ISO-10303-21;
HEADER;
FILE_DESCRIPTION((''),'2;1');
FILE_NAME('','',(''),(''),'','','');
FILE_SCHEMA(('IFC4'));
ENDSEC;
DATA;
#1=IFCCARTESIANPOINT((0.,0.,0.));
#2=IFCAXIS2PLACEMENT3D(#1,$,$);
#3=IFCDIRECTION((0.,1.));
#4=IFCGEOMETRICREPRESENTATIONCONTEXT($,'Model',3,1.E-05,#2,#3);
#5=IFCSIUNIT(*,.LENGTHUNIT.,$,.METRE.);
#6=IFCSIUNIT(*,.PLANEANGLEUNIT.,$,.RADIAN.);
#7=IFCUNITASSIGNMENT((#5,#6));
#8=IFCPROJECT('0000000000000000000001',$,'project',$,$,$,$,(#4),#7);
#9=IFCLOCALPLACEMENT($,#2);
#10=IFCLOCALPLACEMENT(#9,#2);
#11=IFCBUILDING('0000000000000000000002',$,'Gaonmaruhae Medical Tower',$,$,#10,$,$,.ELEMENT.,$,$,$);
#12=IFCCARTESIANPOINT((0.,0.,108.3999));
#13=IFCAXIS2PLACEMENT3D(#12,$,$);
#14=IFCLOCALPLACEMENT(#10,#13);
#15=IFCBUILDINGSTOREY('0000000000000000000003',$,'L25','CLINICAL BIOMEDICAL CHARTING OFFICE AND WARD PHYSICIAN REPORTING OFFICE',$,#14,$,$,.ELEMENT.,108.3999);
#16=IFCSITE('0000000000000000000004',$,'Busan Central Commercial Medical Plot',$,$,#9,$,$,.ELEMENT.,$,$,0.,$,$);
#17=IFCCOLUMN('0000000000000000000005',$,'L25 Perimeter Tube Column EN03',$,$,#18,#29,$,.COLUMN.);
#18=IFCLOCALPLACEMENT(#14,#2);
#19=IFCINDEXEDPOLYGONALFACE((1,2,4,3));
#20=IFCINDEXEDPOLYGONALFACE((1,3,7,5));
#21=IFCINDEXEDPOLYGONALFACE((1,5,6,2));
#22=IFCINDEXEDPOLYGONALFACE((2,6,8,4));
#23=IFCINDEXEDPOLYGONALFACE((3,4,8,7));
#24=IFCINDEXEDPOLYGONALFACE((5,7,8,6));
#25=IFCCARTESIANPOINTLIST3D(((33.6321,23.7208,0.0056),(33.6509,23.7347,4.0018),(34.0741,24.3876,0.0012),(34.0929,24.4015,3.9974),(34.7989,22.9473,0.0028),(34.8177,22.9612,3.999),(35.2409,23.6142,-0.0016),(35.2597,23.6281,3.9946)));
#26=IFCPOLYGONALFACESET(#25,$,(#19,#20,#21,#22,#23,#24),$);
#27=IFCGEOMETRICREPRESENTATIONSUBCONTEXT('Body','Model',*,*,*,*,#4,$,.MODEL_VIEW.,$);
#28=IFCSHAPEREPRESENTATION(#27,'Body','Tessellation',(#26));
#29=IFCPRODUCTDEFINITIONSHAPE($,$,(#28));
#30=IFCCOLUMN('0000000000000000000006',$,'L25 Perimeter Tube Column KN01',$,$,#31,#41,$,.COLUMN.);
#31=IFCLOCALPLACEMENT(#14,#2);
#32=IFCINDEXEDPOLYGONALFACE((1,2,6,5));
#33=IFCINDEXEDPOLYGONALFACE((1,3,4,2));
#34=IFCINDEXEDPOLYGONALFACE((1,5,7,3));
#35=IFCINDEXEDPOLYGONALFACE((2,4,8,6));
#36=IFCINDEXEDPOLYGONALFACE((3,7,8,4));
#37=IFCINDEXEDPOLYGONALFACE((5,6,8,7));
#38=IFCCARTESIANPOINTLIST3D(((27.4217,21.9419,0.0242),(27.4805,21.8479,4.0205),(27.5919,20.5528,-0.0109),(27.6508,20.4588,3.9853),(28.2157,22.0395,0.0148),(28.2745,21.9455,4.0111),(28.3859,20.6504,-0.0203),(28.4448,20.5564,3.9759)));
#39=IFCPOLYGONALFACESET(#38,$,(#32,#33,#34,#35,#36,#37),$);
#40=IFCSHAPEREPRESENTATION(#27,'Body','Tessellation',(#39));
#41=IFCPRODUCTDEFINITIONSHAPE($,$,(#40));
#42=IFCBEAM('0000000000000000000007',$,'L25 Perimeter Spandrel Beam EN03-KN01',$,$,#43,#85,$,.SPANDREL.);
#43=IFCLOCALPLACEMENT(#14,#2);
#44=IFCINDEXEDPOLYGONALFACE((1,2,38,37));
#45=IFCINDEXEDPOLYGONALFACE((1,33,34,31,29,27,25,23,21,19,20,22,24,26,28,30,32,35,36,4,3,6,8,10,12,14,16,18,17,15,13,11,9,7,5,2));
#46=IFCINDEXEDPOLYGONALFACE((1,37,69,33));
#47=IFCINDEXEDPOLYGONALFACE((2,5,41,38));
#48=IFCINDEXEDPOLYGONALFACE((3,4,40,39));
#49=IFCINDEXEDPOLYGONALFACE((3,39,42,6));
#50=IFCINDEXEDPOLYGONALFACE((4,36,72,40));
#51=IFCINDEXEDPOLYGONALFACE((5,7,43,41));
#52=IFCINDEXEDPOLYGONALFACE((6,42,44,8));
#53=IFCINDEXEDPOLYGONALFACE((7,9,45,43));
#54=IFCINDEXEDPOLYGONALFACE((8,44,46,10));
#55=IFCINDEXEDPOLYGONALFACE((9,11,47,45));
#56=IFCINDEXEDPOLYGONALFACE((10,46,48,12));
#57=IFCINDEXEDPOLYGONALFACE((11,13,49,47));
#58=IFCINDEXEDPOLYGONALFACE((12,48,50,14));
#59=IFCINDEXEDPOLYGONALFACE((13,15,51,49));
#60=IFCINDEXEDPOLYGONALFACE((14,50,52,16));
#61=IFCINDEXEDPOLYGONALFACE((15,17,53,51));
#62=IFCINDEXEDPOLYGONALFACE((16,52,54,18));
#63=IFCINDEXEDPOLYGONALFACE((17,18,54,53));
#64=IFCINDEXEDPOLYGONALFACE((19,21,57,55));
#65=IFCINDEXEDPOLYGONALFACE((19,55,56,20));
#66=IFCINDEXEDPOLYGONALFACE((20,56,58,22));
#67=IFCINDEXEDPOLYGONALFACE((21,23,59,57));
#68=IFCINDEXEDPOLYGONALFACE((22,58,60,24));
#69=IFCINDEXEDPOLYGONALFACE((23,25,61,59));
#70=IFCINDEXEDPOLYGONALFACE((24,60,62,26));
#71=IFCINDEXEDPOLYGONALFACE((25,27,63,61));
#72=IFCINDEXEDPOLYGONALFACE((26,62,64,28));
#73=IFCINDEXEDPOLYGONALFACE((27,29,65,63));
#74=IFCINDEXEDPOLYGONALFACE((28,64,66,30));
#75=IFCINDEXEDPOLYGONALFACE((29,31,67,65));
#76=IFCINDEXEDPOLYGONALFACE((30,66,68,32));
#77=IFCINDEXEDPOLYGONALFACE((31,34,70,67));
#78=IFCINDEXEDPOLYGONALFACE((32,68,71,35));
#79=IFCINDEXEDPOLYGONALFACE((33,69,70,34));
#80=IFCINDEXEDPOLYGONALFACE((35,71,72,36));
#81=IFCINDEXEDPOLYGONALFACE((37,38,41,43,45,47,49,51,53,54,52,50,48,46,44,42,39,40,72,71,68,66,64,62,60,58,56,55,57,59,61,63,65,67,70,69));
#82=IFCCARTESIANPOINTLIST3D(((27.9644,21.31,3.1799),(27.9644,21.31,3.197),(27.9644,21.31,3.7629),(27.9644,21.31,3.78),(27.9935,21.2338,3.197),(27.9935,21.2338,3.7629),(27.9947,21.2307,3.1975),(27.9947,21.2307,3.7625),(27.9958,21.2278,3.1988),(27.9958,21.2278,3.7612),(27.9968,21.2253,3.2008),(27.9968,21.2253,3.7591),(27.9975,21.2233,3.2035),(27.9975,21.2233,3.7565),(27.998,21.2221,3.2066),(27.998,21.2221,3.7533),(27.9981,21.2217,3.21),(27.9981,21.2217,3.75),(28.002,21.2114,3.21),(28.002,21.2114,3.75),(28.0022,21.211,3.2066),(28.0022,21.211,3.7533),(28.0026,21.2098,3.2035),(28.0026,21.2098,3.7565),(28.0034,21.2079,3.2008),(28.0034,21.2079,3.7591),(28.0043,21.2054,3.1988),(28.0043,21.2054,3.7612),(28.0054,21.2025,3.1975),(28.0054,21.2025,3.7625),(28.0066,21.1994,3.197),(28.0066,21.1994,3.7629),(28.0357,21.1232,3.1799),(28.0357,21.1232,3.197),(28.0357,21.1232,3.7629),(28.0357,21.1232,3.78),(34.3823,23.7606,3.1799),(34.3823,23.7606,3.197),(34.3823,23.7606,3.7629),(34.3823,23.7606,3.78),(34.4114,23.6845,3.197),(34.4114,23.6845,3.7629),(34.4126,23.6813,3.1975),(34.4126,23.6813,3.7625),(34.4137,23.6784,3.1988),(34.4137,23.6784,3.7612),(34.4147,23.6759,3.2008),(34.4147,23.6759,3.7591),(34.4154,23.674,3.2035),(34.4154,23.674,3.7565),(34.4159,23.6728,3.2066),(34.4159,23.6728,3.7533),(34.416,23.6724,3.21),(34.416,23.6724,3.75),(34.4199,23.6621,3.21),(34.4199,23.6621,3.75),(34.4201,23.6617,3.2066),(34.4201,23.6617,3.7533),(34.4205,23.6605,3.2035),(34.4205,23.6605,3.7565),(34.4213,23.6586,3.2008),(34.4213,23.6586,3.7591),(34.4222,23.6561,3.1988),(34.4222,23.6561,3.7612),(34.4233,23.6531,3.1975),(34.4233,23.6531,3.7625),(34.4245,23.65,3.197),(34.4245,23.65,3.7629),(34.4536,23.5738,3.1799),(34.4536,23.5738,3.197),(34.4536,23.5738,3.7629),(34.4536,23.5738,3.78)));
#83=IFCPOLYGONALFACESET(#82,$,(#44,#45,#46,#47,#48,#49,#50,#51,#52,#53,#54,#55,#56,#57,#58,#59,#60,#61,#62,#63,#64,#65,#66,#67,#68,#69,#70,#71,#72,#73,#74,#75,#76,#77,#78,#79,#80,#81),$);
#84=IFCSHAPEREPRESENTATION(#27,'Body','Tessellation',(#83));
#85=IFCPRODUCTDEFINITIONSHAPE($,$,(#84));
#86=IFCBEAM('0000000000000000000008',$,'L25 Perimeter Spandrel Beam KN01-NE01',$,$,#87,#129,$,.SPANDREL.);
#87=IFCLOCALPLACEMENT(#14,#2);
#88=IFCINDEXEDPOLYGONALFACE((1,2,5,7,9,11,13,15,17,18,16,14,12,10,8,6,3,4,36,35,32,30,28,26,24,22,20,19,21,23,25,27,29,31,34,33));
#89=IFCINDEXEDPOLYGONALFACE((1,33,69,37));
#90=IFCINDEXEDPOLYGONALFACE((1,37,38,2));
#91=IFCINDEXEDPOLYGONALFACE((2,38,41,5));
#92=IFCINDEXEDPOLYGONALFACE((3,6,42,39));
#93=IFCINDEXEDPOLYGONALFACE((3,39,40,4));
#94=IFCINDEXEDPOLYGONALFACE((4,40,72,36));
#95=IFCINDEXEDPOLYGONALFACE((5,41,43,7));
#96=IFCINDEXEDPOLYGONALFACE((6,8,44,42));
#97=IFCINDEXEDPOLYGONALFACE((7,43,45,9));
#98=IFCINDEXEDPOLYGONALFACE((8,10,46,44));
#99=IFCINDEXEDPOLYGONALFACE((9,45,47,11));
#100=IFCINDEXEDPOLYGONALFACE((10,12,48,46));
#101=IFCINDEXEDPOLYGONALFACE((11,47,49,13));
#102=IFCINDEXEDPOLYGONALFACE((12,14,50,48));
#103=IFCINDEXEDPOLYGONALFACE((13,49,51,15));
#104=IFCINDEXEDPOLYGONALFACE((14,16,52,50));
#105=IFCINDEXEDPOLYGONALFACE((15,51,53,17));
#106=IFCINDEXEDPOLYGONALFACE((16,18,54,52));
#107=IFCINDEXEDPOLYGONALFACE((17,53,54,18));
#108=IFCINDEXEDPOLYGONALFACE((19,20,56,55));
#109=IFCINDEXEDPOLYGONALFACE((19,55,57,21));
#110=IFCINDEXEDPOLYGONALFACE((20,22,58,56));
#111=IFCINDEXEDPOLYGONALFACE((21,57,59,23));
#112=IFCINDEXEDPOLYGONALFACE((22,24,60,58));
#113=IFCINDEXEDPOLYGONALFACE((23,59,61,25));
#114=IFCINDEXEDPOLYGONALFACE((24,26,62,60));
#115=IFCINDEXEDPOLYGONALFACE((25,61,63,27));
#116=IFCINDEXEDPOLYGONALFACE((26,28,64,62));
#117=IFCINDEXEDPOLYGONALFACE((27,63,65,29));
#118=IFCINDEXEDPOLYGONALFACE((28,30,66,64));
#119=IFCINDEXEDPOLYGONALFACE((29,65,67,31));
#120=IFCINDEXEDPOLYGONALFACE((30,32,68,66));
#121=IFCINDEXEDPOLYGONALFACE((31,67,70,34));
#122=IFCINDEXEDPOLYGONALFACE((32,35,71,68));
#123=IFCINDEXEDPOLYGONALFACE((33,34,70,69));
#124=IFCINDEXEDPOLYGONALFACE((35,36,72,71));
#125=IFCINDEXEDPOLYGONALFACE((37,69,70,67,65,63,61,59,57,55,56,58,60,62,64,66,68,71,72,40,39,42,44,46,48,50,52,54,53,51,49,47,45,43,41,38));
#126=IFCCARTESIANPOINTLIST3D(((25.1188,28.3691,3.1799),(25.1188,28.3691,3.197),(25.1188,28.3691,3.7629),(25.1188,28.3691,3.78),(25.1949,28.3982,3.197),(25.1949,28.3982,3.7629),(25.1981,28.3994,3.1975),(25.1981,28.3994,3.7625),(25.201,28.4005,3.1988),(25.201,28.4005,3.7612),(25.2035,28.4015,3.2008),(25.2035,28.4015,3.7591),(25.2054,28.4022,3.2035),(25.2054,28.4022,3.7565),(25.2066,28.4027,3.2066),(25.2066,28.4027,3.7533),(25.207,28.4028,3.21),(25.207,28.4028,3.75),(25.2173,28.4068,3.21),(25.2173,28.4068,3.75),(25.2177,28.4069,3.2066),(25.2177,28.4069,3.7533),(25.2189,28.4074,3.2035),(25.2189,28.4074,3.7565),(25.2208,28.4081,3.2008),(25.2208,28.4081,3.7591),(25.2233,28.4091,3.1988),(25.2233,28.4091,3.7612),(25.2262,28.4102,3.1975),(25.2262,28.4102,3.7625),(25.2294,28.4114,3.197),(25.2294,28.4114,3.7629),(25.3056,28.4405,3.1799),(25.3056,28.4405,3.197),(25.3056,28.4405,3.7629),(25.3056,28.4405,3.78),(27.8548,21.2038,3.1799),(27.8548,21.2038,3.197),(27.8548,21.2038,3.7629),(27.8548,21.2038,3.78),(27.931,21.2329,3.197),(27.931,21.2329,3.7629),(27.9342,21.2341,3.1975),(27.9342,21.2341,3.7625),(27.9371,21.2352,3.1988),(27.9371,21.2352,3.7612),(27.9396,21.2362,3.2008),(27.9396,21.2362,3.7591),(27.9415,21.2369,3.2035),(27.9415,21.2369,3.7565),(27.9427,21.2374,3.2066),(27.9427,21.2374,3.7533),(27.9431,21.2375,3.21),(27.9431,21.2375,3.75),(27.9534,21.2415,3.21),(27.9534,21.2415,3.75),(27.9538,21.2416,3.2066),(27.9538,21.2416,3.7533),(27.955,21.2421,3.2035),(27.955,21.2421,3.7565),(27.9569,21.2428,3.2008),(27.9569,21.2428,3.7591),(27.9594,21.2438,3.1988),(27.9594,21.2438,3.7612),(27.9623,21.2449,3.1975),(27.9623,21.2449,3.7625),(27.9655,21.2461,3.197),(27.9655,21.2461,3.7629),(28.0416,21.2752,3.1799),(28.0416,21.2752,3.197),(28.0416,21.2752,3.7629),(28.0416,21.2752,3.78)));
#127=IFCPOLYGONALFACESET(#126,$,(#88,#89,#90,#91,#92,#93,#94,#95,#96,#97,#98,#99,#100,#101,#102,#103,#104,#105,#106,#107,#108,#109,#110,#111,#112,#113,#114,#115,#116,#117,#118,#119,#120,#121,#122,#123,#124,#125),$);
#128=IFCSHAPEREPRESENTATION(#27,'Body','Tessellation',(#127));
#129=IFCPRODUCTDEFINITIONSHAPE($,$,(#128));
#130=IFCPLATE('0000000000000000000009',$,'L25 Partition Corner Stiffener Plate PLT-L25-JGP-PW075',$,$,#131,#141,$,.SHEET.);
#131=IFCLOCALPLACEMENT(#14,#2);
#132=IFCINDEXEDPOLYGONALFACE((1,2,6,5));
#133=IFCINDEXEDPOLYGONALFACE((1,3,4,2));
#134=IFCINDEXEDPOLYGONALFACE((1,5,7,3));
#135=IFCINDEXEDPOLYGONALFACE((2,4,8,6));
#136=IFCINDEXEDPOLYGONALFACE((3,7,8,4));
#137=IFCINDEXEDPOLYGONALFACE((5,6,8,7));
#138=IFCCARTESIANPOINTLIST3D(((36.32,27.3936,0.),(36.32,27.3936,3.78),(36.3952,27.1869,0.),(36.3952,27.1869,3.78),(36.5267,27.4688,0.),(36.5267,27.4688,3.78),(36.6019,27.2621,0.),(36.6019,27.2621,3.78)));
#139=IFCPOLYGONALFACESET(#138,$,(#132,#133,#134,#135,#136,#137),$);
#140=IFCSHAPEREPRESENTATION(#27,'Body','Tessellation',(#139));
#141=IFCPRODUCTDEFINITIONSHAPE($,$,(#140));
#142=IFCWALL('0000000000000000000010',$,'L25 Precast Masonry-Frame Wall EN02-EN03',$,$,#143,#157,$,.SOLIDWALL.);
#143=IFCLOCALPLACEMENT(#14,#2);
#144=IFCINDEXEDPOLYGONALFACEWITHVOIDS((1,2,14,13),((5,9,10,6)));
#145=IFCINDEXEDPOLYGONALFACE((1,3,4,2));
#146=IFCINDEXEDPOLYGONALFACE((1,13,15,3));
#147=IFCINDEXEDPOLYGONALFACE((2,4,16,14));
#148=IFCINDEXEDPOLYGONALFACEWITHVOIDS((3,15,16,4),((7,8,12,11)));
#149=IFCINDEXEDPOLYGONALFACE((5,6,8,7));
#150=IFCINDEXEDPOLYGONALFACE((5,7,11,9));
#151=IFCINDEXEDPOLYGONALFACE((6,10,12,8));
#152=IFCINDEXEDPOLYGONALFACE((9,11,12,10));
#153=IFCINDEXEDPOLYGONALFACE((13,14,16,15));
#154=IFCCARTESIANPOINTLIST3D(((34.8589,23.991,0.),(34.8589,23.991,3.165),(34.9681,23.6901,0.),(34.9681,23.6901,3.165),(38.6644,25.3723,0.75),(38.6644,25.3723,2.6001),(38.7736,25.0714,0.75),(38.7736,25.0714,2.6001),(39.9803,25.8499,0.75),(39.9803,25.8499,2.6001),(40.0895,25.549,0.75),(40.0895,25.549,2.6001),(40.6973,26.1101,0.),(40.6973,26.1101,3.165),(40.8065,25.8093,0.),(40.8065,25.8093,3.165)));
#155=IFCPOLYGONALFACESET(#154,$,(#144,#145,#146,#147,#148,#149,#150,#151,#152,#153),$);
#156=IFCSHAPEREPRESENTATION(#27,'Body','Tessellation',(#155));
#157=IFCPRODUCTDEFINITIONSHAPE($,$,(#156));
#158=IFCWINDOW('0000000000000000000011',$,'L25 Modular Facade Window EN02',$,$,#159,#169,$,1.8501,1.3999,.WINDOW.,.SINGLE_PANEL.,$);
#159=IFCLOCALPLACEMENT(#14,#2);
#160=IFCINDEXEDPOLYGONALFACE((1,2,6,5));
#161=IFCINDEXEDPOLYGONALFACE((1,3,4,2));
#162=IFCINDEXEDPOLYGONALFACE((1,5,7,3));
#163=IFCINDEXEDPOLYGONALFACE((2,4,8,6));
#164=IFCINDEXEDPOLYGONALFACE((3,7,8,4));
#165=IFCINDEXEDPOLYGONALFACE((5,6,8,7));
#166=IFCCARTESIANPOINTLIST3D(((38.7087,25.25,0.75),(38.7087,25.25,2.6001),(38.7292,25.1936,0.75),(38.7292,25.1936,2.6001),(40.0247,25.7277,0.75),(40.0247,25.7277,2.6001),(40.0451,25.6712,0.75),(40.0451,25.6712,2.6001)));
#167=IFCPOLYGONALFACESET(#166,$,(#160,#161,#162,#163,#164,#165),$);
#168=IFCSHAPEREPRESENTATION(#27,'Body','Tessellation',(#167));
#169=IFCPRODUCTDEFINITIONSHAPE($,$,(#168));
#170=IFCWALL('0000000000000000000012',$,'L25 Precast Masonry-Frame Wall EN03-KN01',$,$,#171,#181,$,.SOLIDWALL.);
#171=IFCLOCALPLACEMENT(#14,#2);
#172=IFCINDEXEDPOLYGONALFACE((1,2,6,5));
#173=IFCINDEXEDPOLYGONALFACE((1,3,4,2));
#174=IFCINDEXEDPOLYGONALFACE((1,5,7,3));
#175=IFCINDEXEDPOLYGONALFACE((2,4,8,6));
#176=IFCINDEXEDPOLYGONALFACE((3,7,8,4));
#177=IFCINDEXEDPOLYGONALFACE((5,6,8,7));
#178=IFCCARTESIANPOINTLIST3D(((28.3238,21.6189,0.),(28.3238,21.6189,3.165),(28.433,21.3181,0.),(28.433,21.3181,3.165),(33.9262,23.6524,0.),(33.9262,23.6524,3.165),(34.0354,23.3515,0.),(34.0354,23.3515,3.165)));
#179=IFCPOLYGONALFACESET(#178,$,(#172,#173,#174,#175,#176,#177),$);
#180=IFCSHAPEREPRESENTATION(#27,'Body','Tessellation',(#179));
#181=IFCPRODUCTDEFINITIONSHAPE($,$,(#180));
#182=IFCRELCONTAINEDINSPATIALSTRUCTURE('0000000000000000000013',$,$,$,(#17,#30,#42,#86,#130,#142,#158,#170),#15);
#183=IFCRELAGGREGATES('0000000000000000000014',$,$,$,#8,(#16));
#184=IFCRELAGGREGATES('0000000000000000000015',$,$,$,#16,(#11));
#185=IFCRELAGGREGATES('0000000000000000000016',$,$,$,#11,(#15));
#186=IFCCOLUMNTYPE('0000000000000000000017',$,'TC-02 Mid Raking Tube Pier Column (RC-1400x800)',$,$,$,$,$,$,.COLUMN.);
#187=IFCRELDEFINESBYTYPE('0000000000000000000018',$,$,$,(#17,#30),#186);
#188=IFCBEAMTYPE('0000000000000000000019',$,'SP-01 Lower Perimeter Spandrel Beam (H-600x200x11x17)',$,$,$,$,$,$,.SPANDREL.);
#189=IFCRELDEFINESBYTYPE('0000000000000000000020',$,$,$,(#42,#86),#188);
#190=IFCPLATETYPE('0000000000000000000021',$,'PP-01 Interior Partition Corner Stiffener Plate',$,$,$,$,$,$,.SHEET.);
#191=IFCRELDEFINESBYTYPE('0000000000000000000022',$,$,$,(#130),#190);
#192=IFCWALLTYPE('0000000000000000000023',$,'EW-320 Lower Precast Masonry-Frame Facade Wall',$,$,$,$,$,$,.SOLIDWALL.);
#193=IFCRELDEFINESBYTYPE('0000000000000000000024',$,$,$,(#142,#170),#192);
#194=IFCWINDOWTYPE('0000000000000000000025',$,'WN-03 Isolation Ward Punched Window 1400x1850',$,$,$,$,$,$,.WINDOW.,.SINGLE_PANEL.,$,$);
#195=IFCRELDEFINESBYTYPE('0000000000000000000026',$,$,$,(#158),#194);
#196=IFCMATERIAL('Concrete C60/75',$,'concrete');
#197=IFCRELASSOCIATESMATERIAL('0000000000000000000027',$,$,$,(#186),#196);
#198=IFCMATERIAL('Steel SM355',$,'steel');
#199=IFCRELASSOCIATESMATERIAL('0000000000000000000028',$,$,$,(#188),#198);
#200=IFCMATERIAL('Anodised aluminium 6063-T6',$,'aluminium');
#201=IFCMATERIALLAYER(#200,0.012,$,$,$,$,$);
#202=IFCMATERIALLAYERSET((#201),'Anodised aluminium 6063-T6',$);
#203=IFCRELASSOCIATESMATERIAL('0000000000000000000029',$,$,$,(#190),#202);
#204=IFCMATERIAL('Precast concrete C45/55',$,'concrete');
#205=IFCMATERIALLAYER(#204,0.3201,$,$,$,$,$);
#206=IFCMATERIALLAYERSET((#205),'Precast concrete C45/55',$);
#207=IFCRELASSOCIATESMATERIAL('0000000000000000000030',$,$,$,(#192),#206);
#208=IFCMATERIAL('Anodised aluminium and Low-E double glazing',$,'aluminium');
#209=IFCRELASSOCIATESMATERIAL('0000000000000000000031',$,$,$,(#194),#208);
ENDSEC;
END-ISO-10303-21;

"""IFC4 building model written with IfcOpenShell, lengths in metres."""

from ifc_helpers import new_model, si_unit, direction, frame, frame_2d, origin, origin_2d, place, context, subcontext, project, spatial, rectangle, i_section, extrude, material, layer, layer_set, material_profile, profile_set, type_object, element, fill, save


model = new_model("IFC4")

# Units and contexts
model_context = context("Model", 3, precision=1e-05, world=origin(), true_north=direction((0.0, 1.0)))
body_context = subcontext(model_context, "Body", "Model", "MODEL_VIEW")
ifc_project = project(units=[si_unit("LENGTHUNIT", "METRE"), si_unit("PLANEANGLEUNIT", "RADIAN")], contexts=[model_context])

# Site, building, storey
site_placement = place(None, origin())
site = spatial("IfcSite", under=ifc_project, at=site_placement, Name="Busan Central Commercial Medical Plot", CompositionType="ELEMENT", RefElevation=0.0)
building_placement = place(site_placement, origin())
building = spatial("IfcBuilding", under=site, at=building_placement, Name="Gaonmaruhae Medical Tower", CompositionType="ELEMENT")
storey_placement = place(building_placement, frame((0.0, 0.0, 108.3999)))
storey = spatial("IfcBuildingStorey", under=building, at=storey_placement, Name="L25", Description="CLINICAL BIOMEDICAL CHARTING OFFICE AND WARD PHYSICIAN REPORTING OFFICE", CompositionType="ELEMENT", Elevation=108.3999)

# Columns
ifc_material_1 = material(Name="Concrete C60/75", Category="concrete")
ifc_material_profile_1 = material_profile(ifc_material_1, rectangle(XDim=1.3999, YDim=0.8, at=origin_2d()), Name="RC-1400x800")
ifc_profile_set_1 = profile_set([ifc_material_profile_1], Name="Concrete C60/75")
column_type = type_object("IfcColumnType", Name="TC-02 Mid Raking Tube Pier Column (RC-1400x800)", PredefinedType="COLUMN", material=ifc_profile_set_1)
column_1_placement = place(storey_placement, frame((34.4365, 23.6675, 0.002), z_axis=(0.004704, 0.003482, 0.999983), x_axis=(-0.833506, 0.552507, 0.001997)))
element("IfcColumn", 1, at=column_1_placement, inside=storey, type_object=column_type, Name="L25 Perimeter Tube Column EN03", PredefinedType="COLUMN", context=body_context, shape_type="SweptSolid", body=[
    extrude(rectangle(XDim=1.3999, YDim=0.8, at=origin_2d()), origin(), (0.0, 0.0, 1.0), 3.9963),
])
column_2_placement = place(storey_placement, frame((27.9038, 21.2961, 0.002), z_axis=(0.014717, -0.023511, 0.999615), x_axis=(-0.121606, 0.99226, 0.025128)))
element("IfcColumn", 2, at=column_2_placement, inside=storey, type_object=column_type, Name="L25 Perimeter Tube Column KN01", PredefinedType="COLUMN", context=body_context, shape_type="SweptSolid", body=[
    extrude(rectangle(XDim=1.3999, YDim=0.8, at=origin_2d()), origin(), (0.0, 0.0, 1.0), 3.9978),
])

# Beams
ifc_material_2 = material(Name="Steel SM355", Category="steel")
ifc_material_profile_2 = material_profile(ifc_material_2, i_section(OverallWidth=0.2, OverallDepth=0.6001, WebThickness=0.011, FlangeThickness=0.0171, FilletRadius=0.0129, at=origin_2d()), Name="H-600x200x11x17")
ifc_profile_set_2 = profile_set([ifc_material_profile_2], Name="Steel SM355")
beam_type = type_object("IfcBeamType", Name="SP-01 Lower Perimeter Spandrel Beam (H-600x200x11x17)", PredefinedType="SPANDREL", material=ifc_profile_set_2)
beam_1_placement = place(storey_placement, frame((34.418, 23.6672, 3.48), z_axis=(-0.934209, -0.356725, 0.0), x_axis=(0.356725, -0.934209, 0.0)))
element("IfcBeam", 3, at=beam_1_placement, inside=storey, type_object=beam_type, Name="L25 Perimeter Spandrel Beam EN03-KN01", PredefinedType="SPANDREL", context=body_context, shape_type="SweptSolid", body=[
    extrude(i_section(OverallWidth=0.2, OverallDepth=0.6001, WebThickness=0.011, FlangeThickness=0.0171, FilletRadius=0.0129, at=origin_2d()), origin(), (0.0, 0.0, 1.0), 6.8699),
])
beam_2_placement = place(storey_placement, frame((27.9482, 21.2395, 3.48), z_axis=(-0.35673, 0.934208, 0.0), x_axis=(-0.934208, -0.35673, 0.0)))
element("IfcBeam", 4, at=beam_2_placement, inside=storey, type_object=beam_type, Name="L25 Perimeter Spandrel Beam KN01-NE01", PredefinedType="SPANDREL", context=body_context, shape_type="SweptSolid", body=[
    extrude(i_section(OverallWidth=0.2, OverallDepth=0.6001, WebThickness=0.011, FlangeThickness=0.0171, FilletRadius=0.0129, at=origin_2d()), origin(), (0.0, 0.0, 1.0), 7.6699),
])

# Plate
ifc_material_3 = material(Name="Anodised aluminium 6063-T6", Category="aluminium")
ifc_layer_1 = layer(ifc_material_3, 0.012)
ifc_layer_set_1 = layer_set([ifc_layer_1], Name="Anodised aluminium 6063-T6")
plate_type = type_object("IfcPlateType", Name="PP-01 Interior Partition Corner Stiffener Plate", PredefinedType="SHEET", material=ifc_layer_set_1)
plate_placement = place(storey_placement, frame((36.4609, 27.3279, 0.0), z_axis=(0.0, 0.0, 1.0), x_axis=(0.939699, 0.342004, 0.0)))
element("IfcPlate", 5, at=plate_placement, inside=storey, type_object=plate_type, Name="L25 Partition Corner Stiffener Plate PLT-L25-JGP-PW075", PredefinedType="SHEET", context=body_context, shape_type="SweptSolid", body=[
    extrude(rectangle(XDim=0.22, YDim=0.22, at=origin_2d()), origin(), (0.0, 0.0, 1.0), 3.78),
])

# Wall, opening, window
ifc_material_4 = material(Name="Precast concrete C45/55", Category="concrete")
ifc_layer_2 = layer(ifc_material_4, 0.3201)
ifc_layer_set_2 = layer_set([ifc_layer_2], Name="Precast concrete C45/55")
wall_type_1 = type_object("IfcWallType", Name="EW-320 Lower Precast Masonry-Frame Facade Wall", PredefinedType="SOLIDWALL", material=ifc_layer_set_2)
wall_1_placement = place(storey_placement, frame((34.9136, 23.8406, 0.0), z_axis=(0.0, 0.0, 1.0), x_axis=(0.939995, 0.341188, 0.0)))
wall_1 = element("IfcWall", 6, at=wall_1_placement, inside=storey, type_object=wall_type_1, Name="L25 Precast Masonry-Frame Wall EN02-EN03", PredefinedType="SOLIDWALL", context=body_context, shape_type="SweptSolid", body=[
    extrude(rectangle(XDim=6.2112, YDim=0.3201, at=frame_2d((3.1055, 0.0))), origin(), (0.0, 0.0, 1.0), 3.165),
])
opening_1_placement = place(wall_1_placement, frame((4.0483, 0.0, 0.75)))
opening_1 = element("IfcOpeningElement", 7, at=opening_1_placement, cuts=wall_1, PredefinedType="OPENING", context=body_context, shape_type="SweptSolid", body=[
    extrude(rectangle(XDim=1.3999, YDim=1.8501, at=frame_2d((0.7, 0.925))), frame((0.0, 0.1699, 0.0), z_axis=(0.0, -1.0, 0.0), x_axis=(1.0, 0.0, 0.0)), (0.0, 0.0, 1.0), 0.3401),
])
ifc_material_5 = material(Name="Anodised aluminium and Low-E double glazing", Category="aluminium")
window_type = type_object("IfcWindowType", Name="WN-03 Isolation Ward Punched Window 1400x1850", PartitioningType="SINGLE_PANEL", PredefinedType="WINDOW", material=ifc_material_5)
window_placement = place(opening_1_placement, origin())
window = element("IfcWindow", 8, at=window_placement, inside=storey, type_object=window_type, Name="L25 Modular Facade Window EN02", OverallHeight=1.8501, OverallWidth=1.3999, PartitioningType="SINGLE_PANEL", PredefinedType="WINDOW", context=body_context, shape_type="SweptSolid", body=[
    extrude(rectangle(XDim=1.3999, YDim=1.8501, at=frame_2d((0.7, 0.925))), frame((0.0, 0.03, 0.0), z_axis=(0.0, -1.0, 0.0), x_axis=(1.0, 0.0, 0.0)), (0.0, 0.0, 1.0), 0.0601),
])
fill(opening_1, window)

# Wall
wall_2_placement = place(storey_placement, frame((28.3784, 21.4685, 0.0), z_axis=(0.0, 0.0, 1.0), x_axis=(0.939995, 0.341187, 0.0)))
element("IfcWall", 9, at=wall_2_placement, inside=storey, type_object=wall_type_1, Name="L25 Precast Masonry-Frame Wall EN03-KN01", PredefinedType="SOLIDWALL", context=body_context, shape_type="SweptSolid", body=[
    extrude(rectangle(XDim=5.96, YDim=0.3201, at=frame_2d((2.98, 0.0))), origin(), (0.0, 0.0, 1.0), 3.165),
])

save(model, "model.ifc")
